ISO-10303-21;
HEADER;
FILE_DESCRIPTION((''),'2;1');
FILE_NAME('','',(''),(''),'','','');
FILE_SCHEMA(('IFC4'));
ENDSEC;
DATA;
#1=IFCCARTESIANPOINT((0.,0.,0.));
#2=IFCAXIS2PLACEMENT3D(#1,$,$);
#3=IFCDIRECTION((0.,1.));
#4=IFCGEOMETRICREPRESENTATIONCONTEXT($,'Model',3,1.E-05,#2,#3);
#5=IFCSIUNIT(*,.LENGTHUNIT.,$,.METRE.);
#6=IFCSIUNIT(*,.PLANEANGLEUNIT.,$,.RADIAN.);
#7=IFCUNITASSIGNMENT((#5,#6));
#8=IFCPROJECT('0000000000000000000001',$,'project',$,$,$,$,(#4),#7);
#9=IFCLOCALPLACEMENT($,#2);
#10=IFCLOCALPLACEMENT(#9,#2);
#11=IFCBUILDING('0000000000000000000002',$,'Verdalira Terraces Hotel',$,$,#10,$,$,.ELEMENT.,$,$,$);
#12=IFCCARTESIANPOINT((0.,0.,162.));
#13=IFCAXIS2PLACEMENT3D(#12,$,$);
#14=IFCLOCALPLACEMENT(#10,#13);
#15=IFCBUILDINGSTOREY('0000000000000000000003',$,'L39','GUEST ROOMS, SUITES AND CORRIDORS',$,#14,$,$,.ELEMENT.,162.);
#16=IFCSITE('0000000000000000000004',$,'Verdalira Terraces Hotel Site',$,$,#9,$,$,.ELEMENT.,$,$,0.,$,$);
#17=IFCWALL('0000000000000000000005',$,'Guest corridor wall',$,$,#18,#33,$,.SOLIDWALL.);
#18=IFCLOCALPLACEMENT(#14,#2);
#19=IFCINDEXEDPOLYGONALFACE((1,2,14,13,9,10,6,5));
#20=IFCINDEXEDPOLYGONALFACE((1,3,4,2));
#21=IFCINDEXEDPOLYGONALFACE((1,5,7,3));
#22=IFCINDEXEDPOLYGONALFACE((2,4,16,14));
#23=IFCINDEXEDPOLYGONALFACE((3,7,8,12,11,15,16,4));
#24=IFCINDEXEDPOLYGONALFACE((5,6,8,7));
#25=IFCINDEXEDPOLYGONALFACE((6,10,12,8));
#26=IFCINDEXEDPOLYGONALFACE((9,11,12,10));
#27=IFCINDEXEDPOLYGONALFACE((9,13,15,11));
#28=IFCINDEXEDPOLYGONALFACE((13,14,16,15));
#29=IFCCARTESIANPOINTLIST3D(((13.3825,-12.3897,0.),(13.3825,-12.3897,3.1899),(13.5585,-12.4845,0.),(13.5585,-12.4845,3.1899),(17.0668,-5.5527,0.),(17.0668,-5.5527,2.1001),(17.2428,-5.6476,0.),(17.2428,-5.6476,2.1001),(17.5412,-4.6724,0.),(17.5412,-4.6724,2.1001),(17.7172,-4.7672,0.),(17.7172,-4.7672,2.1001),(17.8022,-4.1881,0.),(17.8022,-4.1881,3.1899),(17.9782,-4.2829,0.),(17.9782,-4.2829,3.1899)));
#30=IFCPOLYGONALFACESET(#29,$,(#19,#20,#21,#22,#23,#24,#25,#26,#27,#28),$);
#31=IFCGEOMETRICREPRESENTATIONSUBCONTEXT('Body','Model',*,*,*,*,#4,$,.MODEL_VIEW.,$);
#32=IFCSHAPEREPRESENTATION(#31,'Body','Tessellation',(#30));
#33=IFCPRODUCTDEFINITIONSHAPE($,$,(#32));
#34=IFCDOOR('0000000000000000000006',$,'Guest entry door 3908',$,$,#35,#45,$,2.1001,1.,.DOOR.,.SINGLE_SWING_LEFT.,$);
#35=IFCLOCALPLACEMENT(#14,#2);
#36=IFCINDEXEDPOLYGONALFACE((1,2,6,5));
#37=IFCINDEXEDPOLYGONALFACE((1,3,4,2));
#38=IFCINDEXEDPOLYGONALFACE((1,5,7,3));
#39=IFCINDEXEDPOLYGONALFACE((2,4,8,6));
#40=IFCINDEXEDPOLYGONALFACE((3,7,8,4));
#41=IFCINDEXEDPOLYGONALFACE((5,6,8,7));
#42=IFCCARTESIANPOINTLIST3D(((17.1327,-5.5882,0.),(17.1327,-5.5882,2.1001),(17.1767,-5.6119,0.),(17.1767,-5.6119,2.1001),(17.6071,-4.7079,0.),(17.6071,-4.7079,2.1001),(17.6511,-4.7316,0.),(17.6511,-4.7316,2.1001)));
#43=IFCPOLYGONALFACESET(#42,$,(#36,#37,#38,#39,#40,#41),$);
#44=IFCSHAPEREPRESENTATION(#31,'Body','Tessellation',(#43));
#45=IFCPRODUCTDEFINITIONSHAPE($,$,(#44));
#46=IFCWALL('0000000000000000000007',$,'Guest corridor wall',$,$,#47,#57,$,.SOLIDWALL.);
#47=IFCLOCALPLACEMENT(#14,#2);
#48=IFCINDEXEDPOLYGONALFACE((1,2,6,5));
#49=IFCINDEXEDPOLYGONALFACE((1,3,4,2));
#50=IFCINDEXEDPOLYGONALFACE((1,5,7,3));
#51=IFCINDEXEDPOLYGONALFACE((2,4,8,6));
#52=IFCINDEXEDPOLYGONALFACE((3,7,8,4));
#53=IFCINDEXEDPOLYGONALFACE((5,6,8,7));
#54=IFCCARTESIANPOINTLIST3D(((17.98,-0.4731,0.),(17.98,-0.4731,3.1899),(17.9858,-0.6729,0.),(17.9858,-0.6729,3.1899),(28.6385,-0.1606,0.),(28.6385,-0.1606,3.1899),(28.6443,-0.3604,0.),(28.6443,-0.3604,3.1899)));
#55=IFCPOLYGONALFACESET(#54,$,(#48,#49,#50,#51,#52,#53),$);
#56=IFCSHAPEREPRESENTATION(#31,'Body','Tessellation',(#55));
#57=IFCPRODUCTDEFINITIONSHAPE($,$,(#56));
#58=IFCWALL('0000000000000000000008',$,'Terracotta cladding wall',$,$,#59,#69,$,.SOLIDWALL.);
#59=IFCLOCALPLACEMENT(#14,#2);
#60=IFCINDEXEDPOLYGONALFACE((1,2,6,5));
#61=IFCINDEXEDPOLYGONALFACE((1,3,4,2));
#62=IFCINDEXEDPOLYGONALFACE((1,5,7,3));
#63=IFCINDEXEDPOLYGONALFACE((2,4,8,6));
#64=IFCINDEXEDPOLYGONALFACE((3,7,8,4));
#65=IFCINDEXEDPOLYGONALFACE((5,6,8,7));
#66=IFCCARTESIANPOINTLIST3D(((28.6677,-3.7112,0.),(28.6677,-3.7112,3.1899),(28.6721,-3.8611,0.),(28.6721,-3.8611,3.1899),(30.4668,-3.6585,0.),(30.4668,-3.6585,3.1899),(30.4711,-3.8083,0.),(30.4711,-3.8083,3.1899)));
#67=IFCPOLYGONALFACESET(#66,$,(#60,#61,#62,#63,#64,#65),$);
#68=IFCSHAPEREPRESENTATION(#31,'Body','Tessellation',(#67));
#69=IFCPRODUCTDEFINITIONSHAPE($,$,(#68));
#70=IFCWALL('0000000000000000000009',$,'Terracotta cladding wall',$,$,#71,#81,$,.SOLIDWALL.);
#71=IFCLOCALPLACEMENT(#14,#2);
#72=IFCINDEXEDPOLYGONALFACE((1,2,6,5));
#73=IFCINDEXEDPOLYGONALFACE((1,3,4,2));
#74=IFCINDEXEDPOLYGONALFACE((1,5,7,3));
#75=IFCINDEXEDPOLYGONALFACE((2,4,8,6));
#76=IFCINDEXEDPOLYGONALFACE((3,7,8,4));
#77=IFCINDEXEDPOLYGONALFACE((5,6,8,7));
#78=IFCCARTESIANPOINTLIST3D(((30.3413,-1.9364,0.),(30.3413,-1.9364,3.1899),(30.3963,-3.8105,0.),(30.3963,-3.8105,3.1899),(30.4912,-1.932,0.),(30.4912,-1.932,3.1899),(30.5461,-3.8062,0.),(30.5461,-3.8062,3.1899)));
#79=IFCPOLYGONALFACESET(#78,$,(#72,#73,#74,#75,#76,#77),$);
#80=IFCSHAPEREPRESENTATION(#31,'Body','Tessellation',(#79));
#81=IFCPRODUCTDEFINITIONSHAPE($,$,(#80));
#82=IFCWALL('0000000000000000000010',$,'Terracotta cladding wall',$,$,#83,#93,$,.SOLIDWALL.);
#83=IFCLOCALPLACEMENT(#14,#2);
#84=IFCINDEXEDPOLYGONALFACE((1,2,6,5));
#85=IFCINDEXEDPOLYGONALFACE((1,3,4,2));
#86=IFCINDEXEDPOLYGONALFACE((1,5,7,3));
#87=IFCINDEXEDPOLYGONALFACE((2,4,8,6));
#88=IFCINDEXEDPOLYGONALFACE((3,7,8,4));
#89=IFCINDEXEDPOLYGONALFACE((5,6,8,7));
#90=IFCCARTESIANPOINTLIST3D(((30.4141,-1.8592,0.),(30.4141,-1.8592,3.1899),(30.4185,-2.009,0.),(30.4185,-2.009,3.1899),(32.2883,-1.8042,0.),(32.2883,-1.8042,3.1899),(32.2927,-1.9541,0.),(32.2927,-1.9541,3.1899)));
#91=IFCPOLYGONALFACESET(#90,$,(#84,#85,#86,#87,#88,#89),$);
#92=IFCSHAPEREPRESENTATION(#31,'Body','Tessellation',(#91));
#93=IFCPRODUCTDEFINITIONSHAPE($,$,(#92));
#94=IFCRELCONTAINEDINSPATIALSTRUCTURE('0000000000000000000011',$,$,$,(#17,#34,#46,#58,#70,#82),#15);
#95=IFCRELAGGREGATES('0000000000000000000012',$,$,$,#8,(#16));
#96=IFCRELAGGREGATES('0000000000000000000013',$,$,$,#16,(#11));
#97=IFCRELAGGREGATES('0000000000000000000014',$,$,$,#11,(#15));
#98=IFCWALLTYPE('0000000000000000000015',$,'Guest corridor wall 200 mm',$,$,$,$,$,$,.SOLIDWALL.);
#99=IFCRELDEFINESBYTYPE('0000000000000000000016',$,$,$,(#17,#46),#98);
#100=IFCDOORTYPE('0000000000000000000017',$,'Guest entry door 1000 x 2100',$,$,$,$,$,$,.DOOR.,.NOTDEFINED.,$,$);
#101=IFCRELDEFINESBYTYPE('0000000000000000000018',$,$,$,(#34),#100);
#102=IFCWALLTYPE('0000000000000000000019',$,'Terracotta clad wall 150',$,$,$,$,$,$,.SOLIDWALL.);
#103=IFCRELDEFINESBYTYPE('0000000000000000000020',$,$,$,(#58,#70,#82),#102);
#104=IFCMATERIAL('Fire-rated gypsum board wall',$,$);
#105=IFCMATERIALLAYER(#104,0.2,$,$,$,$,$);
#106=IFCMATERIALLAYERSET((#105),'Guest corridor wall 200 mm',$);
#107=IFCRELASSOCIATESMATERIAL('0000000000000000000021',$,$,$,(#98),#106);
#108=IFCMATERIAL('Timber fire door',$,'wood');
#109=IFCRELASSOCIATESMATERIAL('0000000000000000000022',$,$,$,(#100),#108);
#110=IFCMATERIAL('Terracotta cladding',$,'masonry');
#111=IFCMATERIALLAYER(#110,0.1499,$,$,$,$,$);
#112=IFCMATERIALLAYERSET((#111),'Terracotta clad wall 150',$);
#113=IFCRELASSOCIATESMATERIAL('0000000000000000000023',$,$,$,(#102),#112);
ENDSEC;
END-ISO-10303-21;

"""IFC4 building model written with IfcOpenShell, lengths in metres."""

from ifc_helpers import new_model, si_unit, direction, frame, frame_2d, origin, place, context, subcontext, project, spatial, rectangle, extrude, material, layer, layer_set, type_object, element, fill, save


model = new_model("IFC4")

# Units and contexts
model_context = context("Model", 3, precision=1e-05, world=origin(), true_north=direction((0.0, 1.0)))
body_context = subcontext(model_context, "Body", "Model", "MODEL_VIEW")
ifc_project = project(units=[si_unit("LENGTHUNIT", "METRE"), si_unit("PLANEANGLEUNIT", "RADIAN")], contexts=[model_context])

# Site, building, storey
site_placement = place(None, origin())
site = spatial("IfcSite", under=ifc_project, at=site_placement, Name="Verdalira Terraces Hotel Site", CompositionType="ELEMENT", RefElevation=0.0)
building_placement = place(site_placement, origin())
building = spatial("IfcBuilding", under=site, at=building_placement, Name="Verdalira Terraces Hotel", CompositionType="ELEMENT")
storey_placement = place(building_placement, frame((0.0, 0.0, 162.0)))
storey = spatial("IfcBuildingStorey", under=building, at=storey_placement, Name="L39", Description="GUEST ROOMS, SUITES AND CORRIDORS", CompositionType="ELEMENT", Elevation=162.0)

# Wall, opening, door
ifc_material_1 = material(Name="Fire-rated gypsum board wall")
ifc_layer_1 = layer(ifc_material_1, 0.2)
ifc_layer_set_1 = layer_set([ifc_layer_1], Name="Guest corridor wall 200 mm")
wall_type_1 = type_object("IfcWallType", Name="Guest corridor wall 200 mm", PredefinedType="SOLIDWALL", material=ifc_layer_set_1)
wall_1_placement = place(storey_placement, frame((17.8901, -4.2356, 0.0), z_axis=(0.0, 0.0, 1.0), x_axis=(-0.474383, -0.880319, 0.0)))
wall_1 = element("IfcWall", 1, at=wall_1_placement, inside=storey, type_object=wall_type_1, Name="Guest corridor wall", PredefinedType="SOLIDWALL", context=body_context, shape_type="SweptSolid", body=[
    extrude(rectangle(XDim=9.3166, YDim=0.2, at=frame_2d((4.6582, 0.0))), origin(), (0.0, 0.0, 1.0), 3.1899),
])
opening_1_placement = place(wall_1_placement, frame((0.55, 0.0, 0.0)))
opening_1 = element("IfcOpeningElement", 2, at=opening_1_placement, cuts=wall_1, PredefinedType="OPENING", context=body_context, shape_type="SweptSolid", body=[
    extrude(rectangle(XDim=1.0, YDim=2.1001, at=frame_2d((0.5, 1.05))), frame((0.0, 0.1099, 0.0), z_axis=(0.0, -1.0, 0.0), x_axis=(1.0, 0.0, 0.0)), (0.0, 0.0, 1.0), 0.22),
])
ifc_material_2 = material(Name="Timber fire door", Category="wood")
door_type_1 = type_object("IfcDoorType", Name="Guest entry door 1000 x 2100", OperationType="NOTDEFINED", PredefinedType="DOOR", material=ifc_material_2)
door_1_placement = place(opening_1_placement, origin())
door_1 = element("IfcDoor", 3, at=door_1_placement, inside=storey, type_object=door_type_1, Name="Guest entry door 3908", OperationType="SINGLE_SWING_LEFT", OverallHeight=2.1001, OverallWidth=1.0, PredefinedType="DOOR", context=body_context, shape_type="SweptSolid", body=[
    extrude(rectangle(XDim=1.0, YDim=2.1001, at=frame_2d((0.5, 1.05))), frame((0.0, 0.0249, 0.0), z_axis=(0.0, -1.0, 0.0), x_axis=(1.0, 0.0, 0.0)), (0.0, 0.0, 1.0), 0.05),
])
fill(opening_1, door_1)

# Walls
wall_2_placement = place(storey_placement, frame((17.9829, -0.573, 0.0), z_axis=(0.0, 0.0, 1.0), x_axis=(0.99957, 0.029307, 0.0)))
element("IfcWall", 4, at=wall_2_placement, inside=storey, type_object=wall_type_1, Name="Guest corridor wall", PredefinedType="SOLIDWALL", context=body_context, shape_type="SweptSolid", body=[
    extrude(rectangle(XDim=10.6631, YDim=0.2, at=frame_2d((5.3315, 0.0))), origin(), (0.0, 0.0, 1.0), 3.1899),
])
ifc_material_3 = material(Name="Terracotta cladding", Category="masonry")
ifc_layer_2 = layer(ifc_material_3, 0.1499)
ifc_layer_set_2 = layer_set([ifc_layer_2], Name="Terracotta clad wall 150")
wall_type_2 = type_object("IfcWallType", Name="Terracotta clad wall 150", PredefinedType="SOLIDWALL", material=ifc_layer_set_2)
wall_3_placement = place(storey_placement, frame((28.6699, -3.7861, 0.0), z_axis=(0.0, 0.0, 1.0), x_axis=(0.999571, 0.029299, 0.0)))
element("IfcWall", 5, at=wall_3_placement, inside=storey, type_object=wall_type_2, Name="Terracotta cladding wall", PredefinedType="SOLIDWALL", context=body_context, shape_type="SweptSolid", body=[
    extrude(rectangle(XDim=1.7998, YDim=0.1499, at=frame_2d((0.8999, 0.0))), origin(), (0.0, 0.0, 1.0), 3.1899),
])
for number, where, z_axis, x_axis, name in (
    (6, (30.4712, -3.8083, 0.0), (0.0, 0.0, 1.0), (-0.029296, 0.999571, 0.0), "Terracotta cladding wall"),
    (7, (30.4163, -1.9341, 0.0), (0.0, 0.0, 1.0), (0.999571, 0.029296, 0.0), "Terracotta cladding wall"),
):
    element("IfcWall", number, at=place(storey_placement, frame(where, z_axis=z_axis, x_axis=x_axis)), inside=storey, type_object=wall_type_2, Name=name, PredefinedType="SOLIDWALL", context=body_context, shape_type="SweptSolid", body=[
        extrude(rectangle(XDim=1.875, YDim=0.1499, at=frame_2d((0.9375, 0.0))), origin(), (0.0, 0.0, 1.0), 3.1899),
    ])

save(model, "model.ifc")
